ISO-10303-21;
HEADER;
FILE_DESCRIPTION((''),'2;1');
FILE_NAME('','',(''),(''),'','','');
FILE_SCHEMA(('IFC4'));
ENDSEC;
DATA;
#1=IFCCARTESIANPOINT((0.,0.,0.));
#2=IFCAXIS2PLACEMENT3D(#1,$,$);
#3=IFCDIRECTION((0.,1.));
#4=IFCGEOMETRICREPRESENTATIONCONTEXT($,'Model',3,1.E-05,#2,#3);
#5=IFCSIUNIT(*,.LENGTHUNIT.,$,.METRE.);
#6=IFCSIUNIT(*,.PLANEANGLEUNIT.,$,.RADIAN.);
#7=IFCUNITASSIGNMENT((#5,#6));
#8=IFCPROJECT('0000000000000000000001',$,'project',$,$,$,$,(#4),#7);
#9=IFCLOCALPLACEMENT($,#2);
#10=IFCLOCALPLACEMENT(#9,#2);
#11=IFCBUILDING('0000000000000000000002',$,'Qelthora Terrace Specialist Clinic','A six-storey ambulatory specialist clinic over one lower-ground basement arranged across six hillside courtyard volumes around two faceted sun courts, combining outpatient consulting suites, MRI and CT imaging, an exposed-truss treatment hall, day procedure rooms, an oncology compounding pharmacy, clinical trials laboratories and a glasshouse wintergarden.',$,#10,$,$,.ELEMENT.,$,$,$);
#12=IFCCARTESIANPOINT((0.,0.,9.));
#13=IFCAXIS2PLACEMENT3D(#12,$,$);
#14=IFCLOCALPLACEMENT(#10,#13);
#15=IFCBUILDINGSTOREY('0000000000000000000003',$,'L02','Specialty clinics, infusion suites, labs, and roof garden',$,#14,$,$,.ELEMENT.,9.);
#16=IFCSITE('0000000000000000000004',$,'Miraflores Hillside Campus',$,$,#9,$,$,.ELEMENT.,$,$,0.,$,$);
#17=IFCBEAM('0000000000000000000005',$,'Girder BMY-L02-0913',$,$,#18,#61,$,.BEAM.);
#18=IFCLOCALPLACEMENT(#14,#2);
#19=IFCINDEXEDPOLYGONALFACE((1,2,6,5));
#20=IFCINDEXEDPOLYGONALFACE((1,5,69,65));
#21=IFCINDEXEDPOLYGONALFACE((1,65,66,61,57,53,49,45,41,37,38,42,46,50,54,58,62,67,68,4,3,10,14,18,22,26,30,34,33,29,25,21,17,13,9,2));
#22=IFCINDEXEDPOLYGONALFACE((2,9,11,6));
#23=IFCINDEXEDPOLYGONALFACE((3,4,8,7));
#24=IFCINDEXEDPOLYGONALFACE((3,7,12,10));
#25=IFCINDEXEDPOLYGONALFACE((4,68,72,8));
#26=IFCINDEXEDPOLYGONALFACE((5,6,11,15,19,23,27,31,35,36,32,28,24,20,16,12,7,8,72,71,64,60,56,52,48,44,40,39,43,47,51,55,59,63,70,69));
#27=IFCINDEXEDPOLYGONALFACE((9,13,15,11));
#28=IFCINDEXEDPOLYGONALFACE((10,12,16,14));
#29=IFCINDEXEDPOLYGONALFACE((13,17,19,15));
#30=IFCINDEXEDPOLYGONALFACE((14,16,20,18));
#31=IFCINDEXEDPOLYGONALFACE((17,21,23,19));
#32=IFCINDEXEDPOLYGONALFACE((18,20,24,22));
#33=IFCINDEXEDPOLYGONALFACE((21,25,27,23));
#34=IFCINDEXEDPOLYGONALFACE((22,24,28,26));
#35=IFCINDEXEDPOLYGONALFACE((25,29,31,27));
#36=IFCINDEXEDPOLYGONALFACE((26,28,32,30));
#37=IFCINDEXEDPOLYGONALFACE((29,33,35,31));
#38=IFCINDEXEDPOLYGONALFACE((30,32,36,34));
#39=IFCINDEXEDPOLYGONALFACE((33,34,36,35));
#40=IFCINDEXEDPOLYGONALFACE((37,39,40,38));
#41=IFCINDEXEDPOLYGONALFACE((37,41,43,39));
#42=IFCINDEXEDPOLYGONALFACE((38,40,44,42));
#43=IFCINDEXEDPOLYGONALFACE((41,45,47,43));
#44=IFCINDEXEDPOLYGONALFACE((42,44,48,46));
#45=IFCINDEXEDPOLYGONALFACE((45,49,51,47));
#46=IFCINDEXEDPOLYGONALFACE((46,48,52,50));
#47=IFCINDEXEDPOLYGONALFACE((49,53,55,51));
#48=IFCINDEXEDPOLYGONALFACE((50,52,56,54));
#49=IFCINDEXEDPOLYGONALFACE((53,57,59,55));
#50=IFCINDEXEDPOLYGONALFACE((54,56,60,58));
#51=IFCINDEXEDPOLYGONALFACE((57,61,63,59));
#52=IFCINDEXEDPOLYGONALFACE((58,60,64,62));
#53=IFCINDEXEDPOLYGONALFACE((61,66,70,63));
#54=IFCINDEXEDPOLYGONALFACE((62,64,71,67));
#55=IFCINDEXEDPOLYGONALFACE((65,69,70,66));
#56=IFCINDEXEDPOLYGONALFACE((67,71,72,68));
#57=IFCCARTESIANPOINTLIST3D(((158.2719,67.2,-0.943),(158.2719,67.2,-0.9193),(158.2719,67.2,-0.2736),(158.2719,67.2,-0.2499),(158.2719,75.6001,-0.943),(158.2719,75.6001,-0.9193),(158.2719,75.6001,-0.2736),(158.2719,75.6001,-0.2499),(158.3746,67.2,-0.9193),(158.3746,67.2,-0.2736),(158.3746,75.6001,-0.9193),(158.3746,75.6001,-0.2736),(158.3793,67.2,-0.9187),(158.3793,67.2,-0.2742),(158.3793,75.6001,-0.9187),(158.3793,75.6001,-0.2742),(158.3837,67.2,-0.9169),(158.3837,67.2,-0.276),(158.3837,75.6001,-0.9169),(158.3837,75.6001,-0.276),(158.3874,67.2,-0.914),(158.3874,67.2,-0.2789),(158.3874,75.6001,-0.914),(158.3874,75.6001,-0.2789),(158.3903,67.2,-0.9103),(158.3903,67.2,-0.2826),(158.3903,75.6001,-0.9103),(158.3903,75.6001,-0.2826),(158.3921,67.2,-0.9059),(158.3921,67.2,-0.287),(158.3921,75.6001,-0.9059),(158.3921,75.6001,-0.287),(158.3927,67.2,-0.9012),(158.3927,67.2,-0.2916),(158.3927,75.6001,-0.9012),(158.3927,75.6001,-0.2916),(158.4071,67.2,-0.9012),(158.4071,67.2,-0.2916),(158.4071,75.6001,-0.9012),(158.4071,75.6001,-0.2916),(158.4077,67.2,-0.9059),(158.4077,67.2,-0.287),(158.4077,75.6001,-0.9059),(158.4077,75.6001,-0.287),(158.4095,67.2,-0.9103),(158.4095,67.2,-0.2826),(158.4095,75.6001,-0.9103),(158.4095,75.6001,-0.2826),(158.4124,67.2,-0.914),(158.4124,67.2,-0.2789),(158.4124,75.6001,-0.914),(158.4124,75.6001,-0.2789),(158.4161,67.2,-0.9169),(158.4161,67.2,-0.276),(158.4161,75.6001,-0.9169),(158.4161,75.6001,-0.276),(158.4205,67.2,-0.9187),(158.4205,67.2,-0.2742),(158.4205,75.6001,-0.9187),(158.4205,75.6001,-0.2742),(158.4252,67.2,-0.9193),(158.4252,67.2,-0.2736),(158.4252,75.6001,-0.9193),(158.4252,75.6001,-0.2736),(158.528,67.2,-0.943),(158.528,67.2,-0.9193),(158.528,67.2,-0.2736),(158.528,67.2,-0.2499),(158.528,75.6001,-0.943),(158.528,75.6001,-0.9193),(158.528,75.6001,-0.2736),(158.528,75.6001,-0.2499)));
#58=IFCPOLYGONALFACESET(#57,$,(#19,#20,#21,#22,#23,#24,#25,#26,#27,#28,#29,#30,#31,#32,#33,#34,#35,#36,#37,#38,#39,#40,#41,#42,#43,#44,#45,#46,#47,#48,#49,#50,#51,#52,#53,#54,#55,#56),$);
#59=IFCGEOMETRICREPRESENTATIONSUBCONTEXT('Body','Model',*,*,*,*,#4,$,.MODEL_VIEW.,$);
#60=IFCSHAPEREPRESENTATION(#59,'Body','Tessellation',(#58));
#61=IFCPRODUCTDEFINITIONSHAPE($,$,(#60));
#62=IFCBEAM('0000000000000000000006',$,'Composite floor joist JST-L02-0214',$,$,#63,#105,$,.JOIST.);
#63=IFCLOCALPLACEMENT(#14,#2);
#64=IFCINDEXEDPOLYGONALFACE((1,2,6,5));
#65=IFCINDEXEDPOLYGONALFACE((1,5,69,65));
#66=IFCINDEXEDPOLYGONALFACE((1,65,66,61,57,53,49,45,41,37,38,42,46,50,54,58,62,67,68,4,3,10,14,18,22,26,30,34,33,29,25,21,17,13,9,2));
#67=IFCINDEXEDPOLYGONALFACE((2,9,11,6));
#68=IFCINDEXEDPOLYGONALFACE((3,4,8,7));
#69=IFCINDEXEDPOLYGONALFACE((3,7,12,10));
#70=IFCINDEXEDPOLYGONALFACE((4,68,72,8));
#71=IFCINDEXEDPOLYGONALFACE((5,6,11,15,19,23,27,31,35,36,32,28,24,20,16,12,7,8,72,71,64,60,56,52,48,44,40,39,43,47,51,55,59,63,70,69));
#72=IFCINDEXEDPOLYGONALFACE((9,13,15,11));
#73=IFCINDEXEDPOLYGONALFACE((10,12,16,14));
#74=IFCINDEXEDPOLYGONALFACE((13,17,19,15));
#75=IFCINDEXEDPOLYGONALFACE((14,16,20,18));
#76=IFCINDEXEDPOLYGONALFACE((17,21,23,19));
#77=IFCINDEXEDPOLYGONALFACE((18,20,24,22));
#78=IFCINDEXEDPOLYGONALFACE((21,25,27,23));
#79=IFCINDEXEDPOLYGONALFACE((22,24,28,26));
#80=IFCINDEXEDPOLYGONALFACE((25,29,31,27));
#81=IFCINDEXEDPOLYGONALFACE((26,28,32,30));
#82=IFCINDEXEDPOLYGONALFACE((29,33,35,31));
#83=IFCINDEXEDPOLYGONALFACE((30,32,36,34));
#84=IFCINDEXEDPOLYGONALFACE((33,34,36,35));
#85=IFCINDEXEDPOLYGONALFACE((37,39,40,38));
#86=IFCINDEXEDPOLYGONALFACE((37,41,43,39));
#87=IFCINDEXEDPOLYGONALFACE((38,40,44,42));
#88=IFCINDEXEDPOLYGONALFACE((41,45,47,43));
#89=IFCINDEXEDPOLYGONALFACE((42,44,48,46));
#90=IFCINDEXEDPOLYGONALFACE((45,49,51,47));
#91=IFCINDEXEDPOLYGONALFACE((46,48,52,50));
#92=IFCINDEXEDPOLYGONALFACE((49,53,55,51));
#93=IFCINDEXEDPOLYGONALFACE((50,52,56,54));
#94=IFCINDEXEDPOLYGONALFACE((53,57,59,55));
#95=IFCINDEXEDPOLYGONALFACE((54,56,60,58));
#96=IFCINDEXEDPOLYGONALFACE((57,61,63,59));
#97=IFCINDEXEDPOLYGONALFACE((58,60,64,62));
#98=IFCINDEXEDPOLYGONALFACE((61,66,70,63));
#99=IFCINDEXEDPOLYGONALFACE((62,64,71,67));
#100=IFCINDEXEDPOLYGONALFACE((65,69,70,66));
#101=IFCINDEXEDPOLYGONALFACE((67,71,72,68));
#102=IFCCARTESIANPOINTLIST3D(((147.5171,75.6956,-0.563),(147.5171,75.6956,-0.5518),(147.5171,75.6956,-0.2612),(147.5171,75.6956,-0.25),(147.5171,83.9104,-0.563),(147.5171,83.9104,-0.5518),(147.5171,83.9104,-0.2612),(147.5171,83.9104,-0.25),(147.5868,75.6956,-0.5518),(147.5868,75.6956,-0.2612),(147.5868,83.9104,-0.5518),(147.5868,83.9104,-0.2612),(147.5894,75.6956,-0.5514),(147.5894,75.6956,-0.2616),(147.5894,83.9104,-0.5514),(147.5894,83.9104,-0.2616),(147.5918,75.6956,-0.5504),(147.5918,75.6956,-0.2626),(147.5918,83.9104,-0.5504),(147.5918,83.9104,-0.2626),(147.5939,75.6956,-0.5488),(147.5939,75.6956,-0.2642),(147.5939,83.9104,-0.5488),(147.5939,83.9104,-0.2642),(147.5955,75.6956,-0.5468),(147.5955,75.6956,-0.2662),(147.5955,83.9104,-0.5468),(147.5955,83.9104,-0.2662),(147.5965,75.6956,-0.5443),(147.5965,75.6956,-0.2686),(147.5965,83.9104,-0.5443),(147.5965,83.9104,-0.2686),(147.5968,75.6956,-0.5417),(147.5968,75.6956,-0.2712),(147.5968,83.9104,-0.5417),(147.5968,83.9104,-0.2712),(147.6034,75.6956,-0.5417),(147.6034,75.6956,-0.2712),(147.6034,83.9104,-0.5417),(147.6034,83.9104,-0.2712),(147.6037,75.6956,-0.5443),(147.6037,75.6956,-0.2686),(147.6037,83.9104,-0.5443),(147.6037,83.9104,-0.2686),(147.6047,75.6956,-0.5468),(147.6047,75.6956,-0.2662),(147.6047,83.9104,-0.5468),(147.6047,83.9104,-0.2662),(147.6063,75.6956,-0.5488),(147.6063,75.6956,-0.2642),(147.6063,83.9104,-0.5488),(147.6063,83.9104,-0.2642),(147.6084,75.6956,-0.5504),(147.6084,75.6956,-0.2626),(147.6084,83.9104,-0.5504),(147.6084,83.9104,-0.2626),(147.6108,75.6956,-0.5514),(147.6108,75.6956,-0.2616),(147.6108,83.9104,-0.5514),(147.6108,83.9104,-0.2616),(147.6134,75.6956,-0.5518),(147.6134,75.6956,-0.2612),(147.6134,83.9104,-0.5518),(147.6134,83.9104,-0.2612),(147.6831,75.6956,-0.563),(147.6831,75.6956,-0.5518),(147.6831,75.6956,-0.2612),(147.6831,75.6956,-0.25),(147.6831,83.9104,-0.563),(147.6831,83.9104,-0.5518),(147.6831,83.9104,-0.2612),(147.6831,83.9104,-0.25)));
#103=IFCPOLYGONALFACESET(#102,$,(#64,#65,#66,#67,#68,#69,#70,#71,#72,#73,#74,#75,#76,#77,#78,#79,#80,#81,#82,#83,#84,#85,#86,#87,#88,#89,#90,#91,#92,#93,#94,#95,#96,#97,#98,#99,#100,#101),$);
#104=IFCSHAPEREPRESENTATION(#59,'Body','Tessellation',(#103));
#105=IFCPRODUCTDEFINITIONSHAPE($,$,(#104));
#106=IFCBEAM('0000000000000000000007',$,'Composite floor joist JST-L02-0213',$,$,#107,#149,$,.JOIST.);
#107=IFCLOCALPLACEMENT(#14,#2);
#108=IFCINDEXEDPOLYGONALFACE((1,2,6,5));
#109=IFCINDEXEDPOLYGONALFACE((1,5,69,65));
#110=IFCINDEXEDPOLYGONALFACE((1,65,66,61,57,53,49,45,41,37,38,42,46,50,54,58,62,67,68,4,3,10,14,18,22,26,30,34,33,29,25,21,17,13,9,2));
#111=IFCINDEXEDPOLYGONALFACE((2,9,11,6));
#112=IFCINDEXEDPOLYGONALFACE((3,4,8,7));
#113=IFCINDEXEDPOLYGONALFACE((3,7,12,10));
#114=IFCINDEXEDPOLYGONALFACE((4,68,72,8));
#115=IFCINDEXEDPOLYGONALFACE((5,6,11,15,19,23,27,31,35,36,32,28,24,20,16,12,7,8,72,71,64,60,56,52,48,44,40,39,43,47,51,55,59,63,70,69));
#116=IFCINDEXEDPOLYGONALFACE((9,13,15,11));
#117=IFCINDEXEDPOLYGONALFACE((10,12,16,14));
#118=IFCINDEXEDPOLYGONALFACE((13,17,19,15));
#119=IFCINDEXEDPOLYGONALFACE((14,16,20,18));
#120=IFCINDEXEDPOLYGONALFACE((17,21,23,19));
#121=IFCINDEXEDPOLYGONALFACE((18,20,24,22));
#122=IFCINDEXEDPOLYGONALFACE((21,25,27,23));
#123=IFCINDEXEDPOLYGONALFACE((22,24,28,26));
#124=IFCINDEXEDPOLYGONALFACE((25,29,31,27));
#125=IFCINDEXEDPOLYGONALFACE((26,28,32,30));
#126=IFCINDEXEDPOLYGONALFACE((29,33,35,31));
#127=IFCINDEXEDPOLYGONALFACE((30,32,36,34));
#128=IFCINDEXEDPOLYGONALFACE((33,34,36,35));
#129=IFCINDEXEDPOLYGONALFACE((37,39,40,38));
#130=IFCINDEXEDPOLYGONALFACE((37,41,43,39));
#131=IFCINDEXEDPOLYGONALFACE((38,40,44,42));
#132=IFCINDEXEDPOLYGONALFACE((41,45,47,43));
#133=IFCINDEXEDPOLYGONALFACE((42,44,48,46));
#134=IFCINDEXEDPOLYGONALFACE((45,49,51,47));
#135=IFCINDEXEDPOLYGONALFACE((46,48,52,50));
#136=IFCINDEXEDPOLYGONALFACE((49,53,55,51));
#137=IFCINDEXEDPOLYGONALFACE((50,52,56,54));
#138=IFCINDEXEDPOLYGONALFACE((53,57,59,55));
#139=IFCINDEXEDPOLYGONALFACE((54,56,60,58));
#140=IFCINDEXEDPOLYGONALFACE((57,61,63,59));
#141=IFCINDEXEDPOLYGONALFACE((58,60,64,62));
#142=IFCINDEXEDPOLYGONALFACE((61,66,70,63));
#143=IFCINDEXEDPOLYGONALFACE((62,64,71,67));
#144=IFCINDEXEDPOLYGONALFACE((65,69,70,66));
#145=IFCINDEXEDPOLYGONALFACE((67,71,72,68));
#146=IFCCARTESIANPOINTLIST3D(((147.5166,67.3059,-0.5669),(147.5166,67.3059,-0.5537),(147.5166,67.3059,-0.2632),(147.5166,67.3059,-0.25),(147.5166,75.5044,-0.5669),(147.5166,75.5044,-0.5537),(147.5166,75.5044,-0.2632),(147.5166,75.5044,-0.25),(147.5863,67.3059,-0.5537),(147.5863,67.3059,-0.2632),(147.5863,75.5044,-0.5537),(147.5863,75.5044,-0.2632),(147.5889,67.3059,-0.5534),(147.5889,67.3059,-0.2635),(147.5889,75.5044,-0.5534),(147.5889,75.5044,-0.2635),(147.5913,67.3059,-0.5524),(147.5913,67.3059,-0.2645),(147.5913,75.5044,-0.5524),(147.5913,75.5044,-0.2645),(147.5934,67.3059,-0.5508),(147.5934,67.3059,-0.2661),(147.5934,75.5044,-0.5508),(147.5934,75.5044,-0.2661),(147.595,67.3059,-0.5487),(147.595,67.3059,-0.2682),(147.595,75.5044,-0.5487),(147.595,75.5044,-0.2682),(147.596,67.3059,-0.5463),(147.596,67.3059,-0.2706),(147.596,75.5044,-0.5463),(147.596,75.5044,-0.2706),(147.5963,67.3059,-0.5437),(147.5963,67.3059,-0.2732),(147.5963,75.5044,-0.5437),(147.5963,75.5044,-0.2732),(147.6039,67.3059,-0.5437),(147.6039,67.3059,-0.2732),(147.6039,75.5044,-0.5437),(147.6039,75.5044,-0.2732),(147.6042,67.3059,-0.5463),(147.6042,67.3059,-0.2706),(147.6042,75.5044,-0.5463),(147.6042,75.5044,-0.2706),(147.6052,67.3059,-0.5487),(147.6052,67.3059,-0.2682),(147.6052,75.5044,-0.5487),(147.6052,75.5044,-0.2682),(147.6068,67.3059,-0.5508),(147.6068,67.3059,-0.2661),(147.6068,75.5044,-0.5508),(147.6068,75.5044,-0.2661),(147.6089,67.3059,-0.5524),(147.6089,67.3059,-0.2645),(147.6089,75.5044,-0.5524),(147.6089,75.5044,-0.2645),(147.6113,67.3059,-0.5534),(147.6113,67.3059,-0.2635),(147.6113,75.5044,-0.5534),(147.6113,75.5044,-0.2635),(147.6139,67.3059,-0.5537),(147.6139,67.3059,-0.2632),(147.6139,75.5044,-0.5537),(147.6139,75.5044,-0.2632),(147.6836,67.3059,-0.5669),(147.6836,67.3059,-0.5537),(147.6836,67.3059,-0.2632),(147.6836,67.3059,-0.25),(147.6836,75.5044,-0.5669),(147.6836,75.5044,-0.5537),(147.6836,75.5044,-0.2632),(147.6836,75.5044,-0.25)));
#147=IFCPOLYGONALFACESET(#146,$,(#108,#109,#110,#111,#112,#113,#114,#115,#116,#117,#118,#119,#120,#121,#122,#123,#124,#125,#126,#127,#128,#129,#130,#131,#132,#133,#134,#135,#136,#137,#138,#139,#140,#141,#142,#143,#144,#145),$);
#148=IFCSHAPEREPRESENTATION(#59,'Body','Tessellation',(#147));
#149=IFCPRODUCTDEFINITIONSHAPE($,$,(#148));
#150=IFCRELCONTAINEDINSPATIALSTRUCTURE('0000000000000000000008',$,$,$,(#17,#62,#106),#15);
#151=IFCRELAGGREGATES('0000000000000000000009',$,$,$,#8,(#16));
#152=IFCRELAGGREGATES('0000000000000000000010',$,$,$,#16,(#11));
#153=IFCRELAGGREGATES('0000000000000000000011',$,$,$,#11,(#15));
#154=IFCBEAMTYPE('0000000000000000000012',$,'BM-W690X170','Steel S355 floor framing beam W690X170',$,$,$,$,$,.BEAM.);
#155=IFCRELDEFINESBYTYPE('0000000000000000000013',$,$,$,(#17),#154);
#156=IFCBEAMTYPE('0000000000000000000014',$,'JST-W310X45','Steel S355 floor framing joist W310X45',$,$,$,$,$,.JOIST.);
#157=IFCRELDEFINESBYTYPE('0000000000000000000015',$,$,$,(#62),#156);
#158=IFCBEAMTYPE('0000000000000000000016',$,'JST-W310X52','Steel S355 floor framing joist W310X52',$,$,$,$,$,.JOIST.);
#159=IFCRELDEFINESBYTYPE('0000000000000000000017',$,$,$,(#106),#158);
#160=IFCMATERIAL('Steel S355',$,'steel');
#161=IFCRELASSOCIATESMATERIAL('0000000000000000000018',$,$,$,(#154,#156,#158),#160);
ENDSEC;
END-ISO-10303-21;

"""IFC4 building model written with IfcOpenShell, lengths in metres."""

from ifc_helpers import new_model, si_unit, direction, frame, origin, origin_2d, place, context, subcontext, project, spatial, i_section, extrude, material, material_profile, profile_set, type_object, element, save


model = new_model("IFC4")

# Units and contexts
model_context = context("Model", 3, precision=1e-05, world=origin(), true_north=direction((0.0, 1.0)))
body_context = subcontext(model_context, "Body", "Model", "MODEL_VIEW")
ifc_project = project(units=[si_unit("LENGTHUNIT", "METRE"), si_unit("PLANEANGLEUNIT", "RADIAN")], contexts=[model_context])

# Site, building, storey
site_placement = place(None, origin())
site = spatial("IfcSite", under=ifc_project, at=site_placement, Name="Miraflores Hillside Campus", CompositionType="ELEMENT", RefElevation=0.0)
building_placement = place(site_placement, origin())
building = spatial("IfcBuilding", under=site, at=building_placement, Name="Qelthora Terrace Specialist Clinic", Description="A six-storey ambulatory specialist clinic over one lower-ground basement arranged across six hillside courtyard volumes around two faceted sun courts, combining outpatient consulting suites, MRI and CT imaging, an exposed-truss treatment hall, day procedure rooms, an oncology compounding pharmacy, clinical trials laboratories and a glasshouse wintergarden.", CompositionType="ELEMENT")
storey_placement = place(building_placement, frame((0.0, 0.0, 9.0)))
storey = spatial("IfcBuildingStorey", under=building, at=storey_placement, Name="L02", Description="Specialty clinics, infusion suites, labs, and roof garden", CompositionType="ELEMENT", Elevation=9.0)

# Shared definitions
ifc_material_1 = material(Name="Steel S355", Category="steel")

# Beams
ifc_material_profile_1 = material_profile(ifc_material_1, i_section(OverallWidth=0.2561, OverallDepth=0.6931, WebThickness=0.0144, FlangeThickness=0.0237, FilletRadius=0.0181, at=origin_2d()), Name="W690X170")
ifc_profile_set_1 = profile_set([ifc_material_profile_1], Name="Steel S355")
beam_type_1 = type_object("IfcBeamType", Name="BM-W690X170", Description="Steel S355 floor framing beam W690X170", PredefinedType="BEAM", material=ifc_profile_set_1)
beam_1_placement = place(storey_placement, frame((158.3999, 67.2, -0.5964), z_axis=(0.0, 1.0, 0.0), x_axis=(-1.0, 0.0, 0.0)))
element("IfcBeam", 1, at=beam_1_placement, inside=storey, type_object=beam_type_1, Name="Girder BMY-L02-0913", PredefinedType="BEAM", context=body_context, shape_type="SweptSolid", body=[
    extrude(i_section(OverallWidth=0.2561, OverallDepth=0.6931, WebThickness=0.0144, FlangeThickness=0.0237, FilletRadius=0.0181, at=origin_2d()), origin(), (0.0, 0.0, 1.0), 8.4001),
])
ifc_material_profile_2 = material_profile(ifc_material_1, i_section(OverallWidth=0.166, OverallDepth=0.313, WebThickness=0.0066, FlangeThickness=0.0112, FilletRadius=0.01, at=origin_2d()), Name="W310X45")
ifc_profile_set_2 = profile_set([ifc_material_profile_2], Name="Steel S355")
beam_type_2 = type_object("IfcBeamType", Name="JST-W310X45", Description="Steel S355 floor framing joist W310X45", PredefinedType="JOIST", material=ifc_profile_set_2)
beam_2_placement = place(storey_placement, frame((147.6001, 75.6956, -0.4065), z_axis=(0.0, 1.0, 0.0), x_axis=(-1.0, 0.0, 0.0)))
element("IfcBeam", 2, at=beam_2_placement, inside=storey, type_object=beam_type_2, Name="Composite floor joist JST-L02-0214", PredefinedType="JOIST", context=body_context, shape_type="SweptSolid", body=[
    extrude(i_section(OverallWidth=0.166, OverallDepth=0.313, WebThickness=0.0066, FlangeThickness=0.0112, FilletRadius=0.01, at=origin_2d()), origin(), (0.0, 0.0, 1.0), 8.2148),
])
ifc_material_profile_3 = material_profile(ifc_material_1, i_section(OverallWidth=0.167, OverallDepth=0.3169, WebThickness=0.0076, FlangeThickness=0.0132, FilletRadius=0.01, at=origin_2d()), Name="W310X52")
ifc_profile_set_3 = profile_set([ifc_material_profile_3], Name="Steel S355")
beam_type_3 = type_object("IfcBeamType", Name="JST-W310X52", Description="Steel S355 floor framing joist W310X52", PredefinedType="JOIST", material=ifc_profile_set_3)
beam_3_placement = place(storey_placement, frame((147.6001, 67.3059, -0.4084), z_axis=(0.0, 1.0, 0.0), x_axis=(-1.0, 0.0, 0.0)))
element("IfcBeam", 3, at=beam_3_placement, inside=storey, type_object=beam_type_3, Name="Composite floor joist JST-L02-0213", PredefinedType="JOIST", context=body_context, shape_type="SweptSolid", body=[
    extrude(i_section(OverallWidth=0.167, OverallDepth=0.3169, WebThickness=0.0076, FlangeThickness=0.0132, FilletRadius=0.01, at=origin_2d()), origin(), (0.0, 0.0, 1.0), 8.1985),
])

save(model, "model.ifc")
